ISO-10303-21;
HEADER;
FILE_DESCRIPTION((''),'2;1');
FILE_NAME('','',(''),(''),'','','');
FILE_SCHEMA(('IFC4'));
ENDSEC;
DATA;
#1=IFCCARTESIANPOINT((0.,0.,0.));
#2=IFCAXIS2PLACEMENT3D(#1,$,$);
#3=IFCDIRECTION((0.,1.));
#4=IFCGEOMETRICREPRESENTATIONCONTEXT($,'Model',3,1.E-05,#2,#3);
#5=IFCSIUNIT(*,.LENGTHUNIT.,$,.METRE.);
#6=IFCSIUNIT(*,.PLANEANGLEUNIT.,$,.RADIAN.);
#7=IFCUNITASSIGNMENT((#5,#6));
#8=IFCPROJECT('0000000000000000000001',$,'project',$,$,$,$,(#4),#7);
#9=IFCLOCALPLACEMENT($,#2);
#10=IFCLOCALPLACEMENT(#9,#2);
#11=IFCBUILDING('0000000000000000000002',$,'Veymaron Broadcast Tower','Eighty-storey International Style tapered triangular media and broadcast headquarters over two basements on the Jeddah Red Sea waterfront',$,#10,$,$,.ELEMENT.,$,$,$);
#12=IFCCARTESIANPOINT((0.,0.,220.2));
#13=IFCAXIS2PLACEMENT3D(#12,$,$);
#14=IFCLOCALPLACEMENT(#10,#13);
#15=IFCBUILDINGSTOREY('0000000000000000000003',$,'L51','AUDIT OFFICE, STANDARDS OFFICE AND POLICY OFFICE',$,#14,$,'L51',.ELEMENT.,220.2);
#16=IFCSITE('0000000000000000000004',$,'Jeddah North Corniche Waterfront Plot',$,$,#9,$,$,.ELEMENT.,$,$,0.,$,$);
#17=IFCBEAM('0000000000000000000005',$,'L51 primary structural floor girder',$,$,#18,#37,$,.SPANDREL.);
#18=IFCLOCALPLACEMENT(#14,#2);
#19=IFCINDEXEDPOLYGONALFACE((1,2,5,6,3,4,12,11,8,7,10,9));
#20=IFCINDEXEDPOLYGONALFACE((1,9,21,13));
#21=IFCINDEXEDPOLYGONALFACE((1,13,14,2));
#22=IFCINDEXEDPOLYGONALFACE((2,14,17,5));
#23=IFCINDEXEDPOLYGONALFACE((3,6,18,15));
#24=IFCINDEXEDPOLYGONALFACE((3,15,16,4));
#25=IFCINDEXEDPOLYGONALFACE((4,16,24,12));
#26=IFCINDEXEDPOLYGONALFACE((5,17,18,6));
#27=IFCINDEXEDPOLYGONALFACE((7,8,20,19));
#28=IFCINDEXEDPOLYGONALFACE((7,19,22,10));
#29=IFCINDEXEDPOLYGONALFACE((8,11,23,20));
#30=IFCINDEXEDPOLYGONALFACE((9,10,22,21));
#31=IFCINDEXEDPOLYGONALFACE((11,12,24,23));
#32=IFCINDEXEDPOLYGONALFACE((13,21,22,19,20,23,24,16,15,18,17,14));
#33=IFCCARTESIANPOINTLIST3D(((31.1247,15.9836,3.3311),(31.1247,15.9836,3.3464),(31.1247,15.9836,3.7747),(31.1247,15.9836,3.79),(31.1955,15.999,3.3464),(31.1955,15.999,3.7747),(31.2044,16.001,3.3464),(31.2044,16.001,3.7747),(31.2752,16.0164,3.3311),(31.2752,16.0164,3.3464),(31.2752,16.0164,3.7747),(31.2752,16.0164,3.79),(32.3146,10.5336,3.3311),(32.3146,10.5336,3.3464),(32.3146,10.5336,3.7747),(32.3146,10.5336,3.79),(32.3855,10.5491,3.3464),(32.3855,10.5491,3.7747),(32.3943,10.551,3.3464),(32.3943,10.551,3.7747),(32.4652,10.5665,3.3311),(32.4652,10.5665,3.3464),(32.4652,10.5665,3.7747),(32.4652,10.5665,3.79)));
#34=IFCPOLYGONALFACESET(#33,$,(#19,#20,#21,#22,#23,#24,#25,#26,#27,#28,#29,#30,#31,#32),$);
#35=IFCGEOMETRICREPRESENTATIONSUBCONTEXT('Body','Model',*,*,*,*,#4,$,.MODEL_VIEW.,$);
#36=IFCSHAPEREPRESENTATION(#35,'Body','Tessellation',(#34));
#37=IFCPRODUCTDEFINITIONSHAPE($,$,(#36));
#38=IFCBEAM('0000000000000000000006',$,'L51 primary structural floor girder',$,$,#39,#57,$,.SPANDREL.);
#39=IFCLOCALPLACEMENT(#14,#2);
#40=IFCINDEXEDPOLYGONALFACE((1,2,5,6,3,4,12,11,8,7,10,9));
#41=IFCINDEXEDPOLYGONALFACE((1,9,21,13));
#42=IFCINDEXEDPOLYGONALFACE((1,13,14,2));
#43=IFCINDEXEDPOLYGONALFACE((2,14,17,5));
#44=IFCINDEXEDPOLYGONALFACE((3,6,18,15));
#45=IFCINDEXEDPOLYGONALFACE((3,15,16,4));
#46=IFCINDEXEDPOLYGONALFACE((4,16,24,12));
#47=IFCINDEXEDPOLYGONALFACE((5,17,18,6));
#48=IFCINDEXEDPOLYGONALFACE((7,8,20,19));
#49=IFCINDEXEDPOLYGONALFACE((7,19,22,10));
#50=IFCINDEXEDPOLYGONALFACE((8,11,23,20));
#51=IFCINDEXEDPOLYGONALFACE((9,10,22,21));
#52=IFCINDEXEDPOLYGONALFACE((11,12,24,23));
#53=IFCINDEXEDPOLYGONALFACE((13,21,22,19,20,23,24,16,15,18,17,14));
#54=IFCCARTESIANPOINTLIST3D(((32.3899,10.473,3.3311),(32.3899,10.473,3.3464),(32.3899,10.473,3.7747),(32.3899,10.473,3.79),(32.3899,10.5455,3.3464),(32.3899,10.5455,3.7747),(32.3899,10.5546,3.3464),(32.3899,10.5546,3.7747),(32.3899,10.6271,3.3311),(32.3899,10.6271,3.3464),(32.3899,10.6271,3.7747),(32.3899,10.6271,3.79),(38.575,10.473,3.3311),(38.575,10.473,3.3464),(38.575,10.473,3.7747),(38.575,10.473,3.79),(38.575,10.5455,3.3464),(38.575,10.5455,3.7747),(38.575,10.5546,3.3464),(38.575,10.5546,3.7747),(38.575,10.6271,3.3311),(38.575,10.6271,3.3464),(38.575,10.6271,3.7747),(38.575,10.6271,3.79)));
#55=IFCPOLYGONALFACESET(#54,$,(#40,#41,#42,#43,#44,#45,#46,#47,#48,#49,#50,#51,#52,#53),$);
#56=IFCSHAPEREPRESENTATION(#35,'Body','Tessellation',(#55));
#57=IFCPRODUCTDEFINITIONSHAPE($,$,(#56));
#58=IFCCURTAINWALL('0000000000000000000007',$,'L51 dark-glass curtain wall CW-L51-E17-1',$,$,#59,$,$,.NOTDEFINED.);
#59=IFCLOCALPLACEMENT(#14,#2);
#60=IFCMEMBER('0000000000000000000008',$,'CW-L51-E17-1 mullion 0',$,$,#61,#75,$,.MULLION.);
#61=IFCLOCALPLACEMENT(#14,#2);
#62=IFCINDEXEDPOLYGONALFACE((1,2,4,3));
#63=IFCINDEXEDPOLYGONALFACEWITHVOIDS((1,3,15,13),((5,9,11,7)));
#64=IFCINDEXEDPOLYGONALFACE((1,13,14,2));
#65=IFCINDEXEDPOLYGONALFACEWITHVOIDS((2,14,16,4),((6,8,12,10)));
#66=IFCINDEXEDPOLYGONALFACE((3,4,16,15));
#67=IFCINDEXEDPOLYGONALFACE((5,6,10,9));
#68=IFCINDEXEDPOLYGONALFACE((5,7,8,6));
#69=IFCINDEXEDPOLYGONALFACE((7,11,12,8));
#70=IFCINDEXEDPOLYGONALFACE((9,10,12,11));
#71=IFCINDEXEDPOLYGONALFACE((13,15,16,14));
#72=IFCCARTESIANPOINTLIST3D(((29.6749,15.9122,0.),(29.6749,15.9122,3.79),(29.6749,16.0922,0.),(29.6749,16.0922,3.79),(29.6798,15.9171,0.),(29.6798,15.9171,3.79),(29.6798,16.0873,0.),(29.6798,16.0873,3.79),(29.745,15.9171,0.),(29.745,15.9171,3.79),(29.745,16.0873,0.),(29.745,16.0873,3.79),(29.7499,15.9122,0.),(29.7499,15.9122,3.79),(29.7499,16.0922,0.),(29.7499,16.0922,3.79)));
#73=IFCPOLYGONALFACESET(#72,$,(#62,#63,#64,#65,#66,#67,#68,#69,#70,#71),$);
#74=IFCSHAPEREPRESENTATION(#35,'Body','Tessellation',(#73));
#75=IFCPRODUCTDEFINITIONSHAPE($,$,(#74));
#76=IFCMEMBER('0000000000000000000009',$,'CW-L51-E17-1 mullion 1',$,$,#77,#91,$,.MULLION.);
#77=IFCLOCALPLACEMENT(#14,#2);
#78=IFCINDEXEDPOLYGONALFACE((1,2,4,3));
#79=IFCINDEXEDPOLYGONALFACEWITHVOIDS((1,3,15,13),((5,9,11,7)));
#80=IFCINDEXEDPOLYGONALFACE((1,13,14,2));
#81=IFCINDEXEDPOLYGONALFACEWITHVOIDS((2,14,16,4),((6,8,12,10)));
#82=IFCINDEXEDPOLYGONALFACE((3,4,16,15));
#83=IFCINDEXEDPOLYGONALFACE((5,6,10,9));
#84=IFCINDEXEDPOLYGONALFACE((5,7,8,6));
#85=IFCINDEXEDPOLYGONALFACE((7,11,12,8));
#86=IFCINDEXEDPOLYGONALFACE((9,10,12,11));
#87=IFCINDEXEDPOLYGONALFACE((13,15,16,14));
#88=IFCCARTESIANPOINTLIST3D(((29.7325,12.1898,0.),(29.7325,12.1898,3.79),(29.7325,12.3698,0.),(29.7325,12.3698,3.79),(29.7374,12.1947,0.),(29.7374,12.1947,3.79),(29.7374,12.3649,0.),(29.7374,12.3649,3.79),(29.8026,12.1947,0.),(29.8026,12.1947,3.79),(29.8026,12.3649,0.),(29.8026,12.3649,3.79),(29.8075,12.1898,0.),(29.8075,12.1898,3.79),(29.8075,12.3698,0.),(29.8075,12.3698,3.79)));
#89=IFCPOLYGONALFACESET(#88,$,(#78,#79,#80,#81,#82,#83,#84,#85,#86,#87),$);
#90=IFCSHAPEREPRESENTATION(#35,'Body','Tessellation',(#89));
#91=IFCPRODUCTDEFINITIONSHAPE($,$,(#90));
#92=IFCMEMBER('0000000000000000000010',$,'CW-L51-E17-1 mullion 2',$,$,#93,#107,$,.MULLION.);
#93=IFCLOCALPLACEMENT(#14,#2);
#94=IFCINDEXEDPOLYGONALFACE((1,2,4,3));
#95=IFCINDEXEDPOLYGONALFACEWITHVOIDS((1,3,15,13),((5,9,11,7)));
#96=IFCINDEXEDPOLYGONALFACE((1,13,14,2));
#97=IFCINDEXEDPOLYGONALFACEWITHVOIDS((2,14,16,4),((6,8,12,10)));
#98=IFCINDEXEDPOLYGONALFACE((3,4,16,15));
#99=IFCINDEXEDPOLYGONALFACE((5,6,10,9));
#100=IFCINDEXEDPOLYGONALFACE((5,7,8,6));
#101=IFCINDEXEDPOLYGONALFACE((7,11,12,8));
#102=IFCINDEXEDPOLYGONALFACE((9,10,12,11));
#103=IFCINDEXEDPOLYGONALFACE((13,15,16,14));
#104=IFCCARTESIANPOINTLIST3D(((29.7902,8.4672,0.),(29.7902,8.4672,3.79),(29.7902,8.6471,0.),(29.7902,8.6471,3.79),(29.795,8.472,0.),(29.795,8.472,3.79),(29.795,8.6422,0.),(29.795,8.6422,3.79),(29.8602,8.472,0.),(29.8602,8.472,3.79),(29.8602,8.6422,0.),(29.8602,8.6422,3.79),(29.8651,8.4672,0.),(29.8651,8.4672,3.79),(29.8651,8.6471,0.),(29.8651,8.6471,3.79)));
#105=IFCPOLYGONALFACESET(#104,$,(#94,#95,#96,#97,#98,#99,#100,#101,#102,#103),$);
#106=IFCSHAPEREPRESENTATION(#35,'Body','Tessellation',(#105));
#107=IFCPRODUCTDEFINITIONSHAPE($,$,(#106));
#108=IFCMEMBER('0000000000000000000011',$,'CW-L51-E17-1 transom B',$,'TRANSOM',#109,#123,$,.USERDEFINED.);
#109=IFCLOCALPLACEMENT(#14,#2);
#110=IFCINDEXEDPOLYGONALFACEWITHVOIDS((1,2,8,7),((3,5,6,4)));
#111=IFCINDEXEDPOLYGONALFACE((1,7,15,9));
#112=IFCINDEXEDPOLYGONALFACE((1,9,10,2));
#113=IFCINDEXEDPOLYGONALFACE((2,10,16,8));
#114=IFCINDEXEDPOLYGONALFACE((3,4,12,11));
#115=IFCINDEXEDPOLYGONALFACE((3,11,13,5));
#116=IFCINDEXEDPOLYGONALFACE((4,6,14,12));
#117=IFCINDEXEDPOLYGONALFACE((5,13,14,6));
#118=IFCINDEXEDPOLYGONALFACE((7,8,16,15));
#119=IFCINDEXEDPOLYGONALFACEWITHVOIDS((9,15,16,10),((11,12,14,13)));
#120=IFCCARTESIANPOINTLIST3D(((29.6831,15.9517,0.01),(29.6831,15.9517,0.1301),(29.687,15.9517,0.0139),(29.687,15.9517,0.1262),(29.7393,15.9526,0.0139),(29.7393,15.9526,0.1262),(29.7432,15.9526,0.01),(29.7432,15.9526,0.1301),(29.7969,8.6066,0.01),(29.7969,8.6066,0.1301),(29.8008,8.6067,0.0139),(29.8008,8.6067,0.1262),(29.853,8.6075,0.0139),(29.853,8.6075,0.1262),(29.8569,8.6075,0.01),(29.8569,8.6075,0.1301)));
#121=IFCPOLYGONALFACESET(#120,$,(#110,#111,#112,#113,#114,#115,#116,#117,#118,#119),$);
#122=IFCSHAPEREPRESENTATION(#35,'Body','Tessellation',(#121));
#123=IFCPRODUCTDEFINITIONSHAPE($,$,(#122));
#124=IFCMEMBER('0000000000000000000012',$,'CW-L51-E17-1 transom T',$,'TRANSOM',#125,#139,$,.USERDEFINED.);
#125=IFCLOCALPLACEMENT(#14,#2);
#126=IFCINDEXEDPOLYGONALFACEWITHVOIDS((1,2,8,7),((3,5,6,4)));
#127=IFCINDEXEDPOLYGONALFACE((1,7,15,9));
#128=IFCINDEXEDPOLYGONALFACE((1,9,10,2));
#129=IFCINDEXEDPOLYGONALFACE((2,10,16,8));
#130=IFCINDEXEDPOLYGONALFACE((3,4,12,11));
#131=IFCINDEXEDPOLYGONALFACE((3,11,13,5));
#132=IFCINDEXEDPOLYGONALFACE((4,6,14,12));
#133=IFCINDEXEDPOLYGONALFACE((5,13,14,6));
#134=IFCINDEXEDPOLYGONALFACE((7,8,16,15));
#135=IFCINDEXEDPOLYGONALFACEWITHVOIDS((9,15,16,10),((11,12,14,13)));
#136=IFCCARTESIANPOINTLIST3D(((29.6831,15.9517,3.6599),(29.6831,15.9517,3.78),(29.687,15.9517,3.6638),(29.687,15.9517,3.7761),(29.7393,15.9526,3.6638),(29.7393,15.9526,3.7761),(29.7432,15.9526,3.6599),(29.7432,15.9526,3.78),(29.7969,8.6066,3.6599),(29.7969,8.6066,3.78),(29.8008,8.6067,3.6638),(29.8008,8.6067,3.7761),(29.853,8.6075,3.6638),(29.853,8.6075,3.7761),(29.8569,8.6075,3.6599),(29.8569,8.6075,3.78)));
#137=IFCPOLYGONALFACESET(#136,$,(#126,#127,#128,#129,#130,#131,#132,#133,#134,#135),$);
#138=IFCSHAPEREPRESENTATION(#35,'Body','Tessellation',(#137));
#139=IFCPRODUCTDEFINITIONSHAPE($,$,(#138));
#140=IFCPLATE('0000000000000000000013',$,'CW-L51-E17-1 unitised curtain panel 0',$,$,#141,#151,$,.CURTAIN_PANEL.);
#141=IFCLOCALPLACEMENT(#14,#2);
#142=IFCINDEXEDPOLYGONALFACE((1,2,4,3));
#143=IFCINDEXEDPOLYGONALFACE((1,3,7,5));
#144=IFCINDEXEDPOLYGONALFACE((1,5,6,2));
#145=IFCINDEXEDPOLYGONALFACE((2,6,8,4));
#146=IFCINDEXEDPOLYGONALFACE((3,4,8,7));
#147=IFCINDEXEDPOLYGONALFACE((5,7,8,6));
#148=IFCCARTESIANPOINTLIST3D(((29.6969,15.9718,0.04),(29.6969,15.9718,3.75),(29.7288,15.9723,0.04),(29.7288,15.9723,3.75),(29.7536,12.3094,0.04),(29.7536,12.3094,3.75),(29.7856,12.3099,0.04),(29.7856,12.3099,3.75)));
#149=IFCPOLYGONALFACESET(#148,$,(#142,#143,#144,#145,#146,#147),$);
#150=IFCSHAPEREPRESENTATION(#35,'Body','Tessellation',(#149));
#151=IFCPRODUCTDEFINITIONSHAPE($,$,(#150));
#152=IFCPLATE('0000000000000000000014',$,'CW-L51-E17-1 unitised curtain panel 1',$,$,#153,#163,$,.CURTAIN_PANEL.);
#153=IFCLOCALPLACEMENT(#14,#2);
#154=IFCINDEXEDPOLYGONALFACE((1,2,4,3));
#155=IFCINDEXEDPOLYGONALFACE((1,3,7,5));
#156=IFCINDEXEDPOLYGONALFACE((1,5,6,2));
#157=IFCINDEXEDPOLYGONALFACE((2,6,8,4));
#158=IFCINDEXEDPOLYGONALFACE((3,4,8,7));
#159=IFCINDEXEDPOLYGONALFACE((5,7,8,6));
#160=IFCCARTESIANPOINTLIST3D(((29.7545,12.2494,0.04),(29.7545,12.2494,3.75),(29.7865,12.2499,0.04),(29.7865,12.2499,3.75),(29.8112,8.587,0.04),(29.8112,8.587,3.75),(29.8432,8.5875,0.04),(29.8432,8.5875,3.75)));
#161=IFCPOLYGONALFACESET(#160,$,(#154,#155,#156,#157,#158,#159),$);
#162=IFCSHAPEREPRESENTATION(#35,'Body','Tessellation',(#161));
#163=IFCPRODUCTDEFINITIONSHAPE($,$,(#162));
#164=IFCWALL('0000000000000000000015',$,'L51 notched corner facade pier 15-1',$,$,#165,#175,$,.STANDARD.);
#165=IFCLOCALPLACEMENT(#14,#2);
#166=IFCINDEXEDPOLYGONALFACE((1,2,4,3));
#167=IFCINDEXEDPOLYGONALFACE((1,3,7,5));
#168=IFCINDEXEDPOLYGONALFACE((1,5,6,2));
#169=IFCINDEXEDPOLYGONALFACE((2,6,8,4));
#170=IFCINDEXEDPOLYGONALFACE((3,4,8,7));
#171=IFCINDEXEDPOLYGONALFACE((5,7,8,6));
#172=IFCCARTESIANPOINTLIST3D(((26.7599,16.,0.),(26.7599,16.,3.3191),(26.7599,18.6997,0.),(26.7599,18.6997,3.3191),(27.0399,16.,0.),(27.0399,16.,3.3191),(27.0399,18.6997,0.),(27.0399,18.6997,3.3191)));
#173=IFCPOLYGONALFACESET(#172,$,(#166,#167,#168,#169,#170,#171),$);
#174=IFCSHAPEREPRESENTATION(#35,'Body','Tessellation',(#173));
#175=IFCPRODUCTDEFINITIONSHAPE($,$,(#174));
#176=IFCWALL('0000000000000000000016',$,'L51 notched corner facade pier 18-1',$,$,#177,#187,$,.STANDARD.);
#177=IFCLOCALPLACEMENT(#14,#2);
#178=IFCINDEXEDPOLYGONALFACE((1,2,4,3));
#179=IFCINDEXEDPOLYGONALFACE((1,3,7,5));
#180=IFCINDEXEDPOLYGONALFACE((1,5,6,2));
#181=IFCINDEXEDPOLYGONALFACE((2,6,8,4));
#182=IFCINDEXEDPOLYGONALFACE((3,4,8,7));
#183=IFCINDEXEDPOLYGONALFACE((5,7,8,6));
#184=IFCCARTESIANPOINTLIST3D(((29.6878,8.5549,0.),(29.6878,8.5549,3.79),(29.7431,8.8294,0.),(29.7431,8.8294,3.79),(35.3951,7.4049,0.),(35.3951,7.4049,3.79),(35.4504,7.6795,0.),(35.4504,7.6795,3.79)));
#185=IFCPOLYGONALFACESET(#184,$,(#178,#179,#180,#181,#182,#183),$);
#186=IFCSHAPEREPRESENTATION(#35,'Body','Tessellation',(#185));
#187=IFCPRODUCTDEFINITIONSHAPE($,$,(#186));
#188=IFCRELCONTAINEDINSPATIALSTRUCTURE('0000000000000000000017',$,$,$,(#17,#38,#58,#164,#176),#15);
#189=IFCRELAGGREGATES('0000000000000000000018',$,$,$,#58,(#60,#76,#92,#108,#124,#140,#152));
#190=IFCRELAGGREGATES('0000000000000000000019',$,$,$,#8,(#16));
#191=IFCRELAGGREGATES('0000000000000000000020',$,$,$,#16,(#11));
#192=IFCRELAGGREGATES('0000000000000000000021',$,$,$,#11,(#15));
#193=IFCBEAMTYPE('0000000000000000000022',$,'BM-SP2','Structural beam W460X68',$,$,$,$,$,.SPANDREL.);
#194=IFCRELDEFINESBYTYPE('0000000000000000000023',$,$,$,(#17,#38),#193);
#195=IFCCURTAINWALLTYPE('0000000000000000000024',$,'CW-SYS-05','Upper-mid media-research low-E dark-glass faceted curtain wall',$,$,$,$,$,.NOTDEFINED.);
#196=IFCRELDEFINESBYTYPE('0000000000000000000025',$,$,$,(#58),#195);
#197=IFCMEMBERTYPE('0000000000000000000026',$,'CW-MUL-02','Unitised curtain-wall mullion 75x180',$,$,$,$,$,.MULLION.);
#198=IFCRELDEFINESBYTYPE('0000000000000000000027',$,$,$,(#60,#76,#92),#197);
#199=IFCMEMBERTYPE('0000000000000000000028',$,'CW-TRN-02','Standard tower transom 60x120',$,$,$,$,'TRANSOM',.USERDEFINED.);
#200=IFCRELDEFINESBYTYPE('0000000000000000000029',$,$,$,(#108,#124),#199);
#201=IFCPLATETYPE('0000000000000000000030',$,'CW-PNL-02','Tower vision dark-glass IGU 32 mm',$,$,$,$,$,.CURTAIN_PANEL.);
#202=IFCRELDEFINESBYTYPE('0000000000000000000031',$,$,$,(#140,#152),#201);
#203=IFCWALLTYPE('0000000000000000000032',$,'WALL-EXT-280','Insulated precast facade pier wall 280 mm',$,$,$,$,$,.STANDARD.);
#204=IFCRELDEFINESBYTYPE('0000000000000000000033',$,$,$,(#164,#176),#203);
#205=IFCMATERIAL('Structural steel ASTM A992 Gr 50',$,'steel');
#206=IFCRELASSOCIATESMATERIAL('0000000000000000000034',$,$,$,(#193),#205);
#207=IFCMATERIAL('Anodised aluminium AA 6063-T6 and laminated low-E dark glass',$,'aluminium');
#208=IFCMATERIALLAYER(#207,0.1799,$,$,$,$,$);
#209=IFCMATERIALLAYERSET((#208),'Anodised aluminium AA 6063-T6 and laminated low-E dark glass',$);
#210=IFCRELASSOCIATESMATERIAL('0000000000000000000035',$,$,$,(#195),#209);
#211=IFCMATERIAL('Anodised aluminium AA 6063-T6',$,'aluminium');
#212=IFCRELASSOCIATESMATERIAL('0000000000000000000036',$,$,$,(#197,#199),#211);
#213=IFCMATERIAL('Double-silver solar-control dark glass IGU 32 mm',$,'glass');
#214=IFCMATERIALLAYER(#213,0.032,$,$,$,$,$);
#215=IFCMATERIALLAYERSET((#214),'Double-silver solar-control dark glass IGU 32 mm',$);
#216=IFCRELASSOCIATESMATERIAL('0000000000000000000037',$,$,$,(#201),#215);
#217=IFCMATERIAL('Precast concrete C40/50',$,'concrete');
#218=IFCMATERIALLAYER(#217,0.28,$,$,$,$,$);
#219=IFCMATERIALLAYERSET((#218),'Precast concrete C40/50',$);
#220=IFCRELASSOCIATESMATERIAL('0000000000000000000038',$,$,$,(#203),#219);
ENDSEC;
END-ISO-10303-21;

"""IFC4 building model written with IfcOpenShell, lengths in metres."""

from ifc_helpers import new_model, si_unit, direction, frame, frame_2d, origin, origin_2d, place, context, subcontext, project, spatial, rectangle, hollow_rectangle, i_section, extrude, material, layer, layer_set, material_profile, profile_set, type_object, element, aggregate, save


model = new_model("IFC4")

# Units and contexts
model_context = context("Model", 3, precision=1e-05, world=origin(), true_north=direction((0.0, 1.0)))
body_context = subcontext(model_context, "Body", "Model", "MODEL_VIEW")
ifc_project = project(units=[si_unit("LENGTHUNIT", "METRE"), si_unit("PLANEANGLEUNIT", "RADIAN")], contexts=[model_context])

# Site, building, storey
site_placement = place(None, origin())
site = spatial("IfcSite", under=ifc_project, at=site_placement, Name="Jeddah North Corniche Waterfront Plot", CompositionType="ELEMENT", RefElevation=0.0)
building_placement = place(site_placement, origin())
building = spatial("IfcBuilding", under=site, at=building_placement, Name="Veymaron Broadcast Tower", Description="Eighty-storey International Style tapered triangular media and broadcast headquarters over two basements on the Jeddah Red Sea waterfront", CompositionType="ELEMENT")
storey_placement = place(building_placement, frame((0.0, 0.0, 220.2)))
storey = spatial("IfcBuildingStorey", under=building, at=storey_placement, Name="L51", Description="AUDIT OFFICE, STANDARDS OFFICE AND POLICY OFFICE", LongName="L51", CompositionType="ELEMENT", Elevation=220.2)

# Shared definitions
ifc_material_1 = material(Name="Structural steel ASTM A992 Gr 50", Category="steel")

# Beams
ifc_material_profile_1 = material_profile(ifc_material_1, i_section(OverallWidth=0.1541, OverallDepth=0.459, WebThickness=0.009, FlangeThickness=0.0154, at=origin_2d()), Name="W460X68")
ifc_profile_set_1 = profile_set([ifc_material_profile_1], Name="Structural steel ASTM A992 Gr 50")
beam_type_1 = type_object("IfcBeamType", Name="BM-SP2", Description="Structural beam W460X68", PredefinedType="SPANDREL", material=ifc_profile_set_1)
beam_1_placement = place(storey_placement, frame((31.2, 16.0, 3.5605), z_axis=(0.213314, -0.976984, 0.0), x_axis=(0.976984, 0.213314, 0.0)))
element("IfcBeam", 1, at=beam_1_placement, inside=storey, type_object=beam_type_1, Name="L51 primary structural floor girder", PredefinedType="SPANDREL", context=body_context, shape_type="SweptSolid", body=[
    extrude(i_section(OverallWidth=0.1541, OverallDepth=0.459, WebThickness=0.009, FlangeThickness=0.0154, at=origin_2d()), origin(), (0.0, 0.0, 1.0), 5.5784),
])
beam_2_placement = place(storey_placement, frame((32.3899, 10.55, 3.5605), z_axis=(1.0, 0.0, 0.0), x_axis=(0.0, 1.0, 0.0)))
element("IfcBeam", 2, at=beam_2_placement, inside=storey, type_object=beam_type_1, Name="L51 primary structural floor girder", PredefinedType="SPANDREL", context=body_context, shape_type="SweptSolid", body=[
    extrude(i_section(OverallWidth=0.1541, OverallDepth=0.459, WebThickness=0.009, FlangeThickness=0.0154, at=origin_2d()), origin(), (0.0, 0.0, 1.0), 6.1851),
])

# Curtain wall, members, plates
ifc_material_2 = material(Name="Anodised aluminium AA 6063-T6 and laminated low-E dark glass", Category="aluminium")
ifc_layer_1 = layer(ifc_material_2, 0.1799)
ifc_layer_set_1 = layer_set([ifc_layer_1], Name="Anodised aluminium AA 6063-T6 and laminated low-E dark glass")
curtain_wall_type = type_object("IfcCurtainWallType", Name="CW-SYS-05", Description="Upper-mid media-research low-E dark-glass faceted curtain wall", PredefinedType="NOTDEFINED", material=ifc_layer_set_1)
curtain_wall_placement = place(storey_placement, origin())
curtain_wall = element("IfcCurtainWall", 3, at=curtain_wall_placement, inside=storey, type_object=curtain_wall_type, Name="L51 dark-glass curtain wall CW-L51-E17-1", PredefinedType="NOTDEFINED")
ifc_material_3 = material(Name="Anodised aluminium AA 6063-T6", Category="aluminium")
ifc_material_profile_2 = material_profile(ifc_material_3, hollow_rectangle(XDim=0.075, YDim=0.1799, WallThickness=0.0049, at=origin_2d()), Name="AL180X75X5")
ifc_profile_set_2 = profile_set([ifc_material_profile_2], Name="Anodised aluminium AA 6063-T6")
member_type_1 = type_object("IfcMemberType", Name="CW-MUL-02", Description="Unitised curtain-wall mullion 75x180", PredefinedType="MULLION", material=ifc_profile_set_2)
member_1_placement = place(storey_placement, frame((29.7124, 16.0022, 0.0), z_axis=(0.0, 0.0, 1.0), x_axis=(1.0, 0.0, 0.0)))
member_1 = element("IfcMember", 4, at=member_1_placement, type_object=member_type_1, Name="CW-L51-E17-1 mullion 0", PredefinedType="MULLION", context=body_context, shape_type="SweptSolid", body=[
    extrude(hollow_rectangle(XDim=0.075, YDim=0.1799, WallThickness=0.0049, at=origin_2d()), origin(), (0.0, 0.0, 1.0), 3.79),
])
member_2_placement = place(storey_placement, frame((29.77, 12.2798, 0.0), z_axis=(0.0, 0.0, 1.0), x_axis=(1.0, 0.0, 0.0)))
member_2 = element("IfcMember", 5, at=member_2_placement, type_object=member_type_1, Name="CW-L51-E17-1 mullion 1", PredefinedType="MULLION", context=body_context, shape_type="SweptSolid", body=[
    extrude(hollow_rectangle(XDim=0.075, YDim=0.1799, WallThickness=0.0049, at=origin_2d()), origin(), (0.0, 0.0, 1.0), 3.79),
])
member_3_placement = place(storey_placement, frame((29.8276, 8.5571, 0.0), z_axis=(0.0, 0.0, 1.0), x_axis=(1.0, 0.0, 0.0)))
member_3 = element("IfcMember", 6, at=member_3_placement, type_object=member_type_1, Name="CW-L51-E17-1 mullion 2", PredefinedType="MULLION", context=body_context, shape_type="SweptSolid", body=[
    extrude(hollow_rectangle(XDim=0.075, YDim=0.1799, WallThickness=0.0049, at=origin_2d()), origin(), (0.0, 0.0, 1.0), 3.79),
])
ifc_material_profile_3 = material_profile(ifc_material_3, hollow_rectangle(XDim=0.0601, YDim=0.1201, WallThickness=0.0039, at=origin_2d()), Name="AL120X60X4")
ifc_profile_set_3 = profile_set([ifc_material_profile_3], Name="Anodised aluminium AA 6063-T6")
member_type_2 = type_object("IfcMemberType", Name="CW-TRN-02", Description="Standard tower transom 60x120", ElementType="TRANSOM", PredefinedType="USERDEFINED", material=ifc_profile_set_3)
member_4_placement = place(storey_placement, frame((29.7131, 15.9521, 0.0701), z_axis=(0.015488, -0.99988, 0.0), x_axis=(0.99988, 0.015488, 0.0)))
member_4 = element("IfcMember", 7, at=member_4_placement, type_object=member_type_2, Name="CW-L51-E17-1 transom B", ObjectType="TRANSOM", PredefinedType="USERDEFINED", context=body_context, shape_type="SweptSolid", body=[
    extrude(hollow_rectangle(XDim=0.0601, YDim=0.1201, WallThickness=0.0039, at=origin_2d()), origin(), (0.0, 0.0, 1.0), 7.3459),
])
member_5_placement = place(storey_placement, frame((29.7131, 15.9521, 3.72), z_axis=(0.015488, -0.99988, 0.0), x_axis=(0.99988, 0.015488, 0.0)))
member_5 = element("IfcMember", 8, at=member_5_placement, type_object=member_type_2, Name="CW-L51-E17-1 transom T", ObjectType="TRANSOM", PredefinedType="USERDEFINED", context=body_context, shape_type="SweptSolid", body=[
    extrude(hollow_rectangle(XDim=0.0601, YDim=0.1201, WallThickness=0.0039, at=origin_2d()), origin(), (0.0, 0.0, 1.0), 7.3459),
])
ifc_material_4 = material(Name="Double-silver solar-control dark glass IGU 32 mm", Category="glass")
ifc_layer_2 = layer(ifc_material_4, 0.032)
ifc_layer_set_2 = layer_set([ifc_layer_2], Name="Double-silver solar-control dark glass IGU 32 mm")
plate_type = type_object("IfcPlateType", Name="CW-PNL-02", Description="Tower vision dark-glass IGU 32 mm", PredefinedType="CURTAIN_PANEL", material=ifc_layer_set_2)
plate_1_placement = place(storey_placement, frame((29.7412, 14.1409, 0.04), z_axis=(0.0, 0.0, 1.0), x_axis=(0.01548, -0.99988, 0.0)))
plate_1 = element("IfcPlate", 9, at=plate_1_placement, type_object=plate_type, Name="CW-L51-E17-1 unitised curtain panel 0", PredefinedType="CURTAIN_PANEL", context=body_context, shape_type="SweptSolid", body=[
    extrude(rectangle(XDim=3.6628, YDim=0.032, at=origin_2d()), origin(), (0.0, 0.0, 1.0), 3.71),
])
plate_2_placement = place(storey_placement, frame((29.7988, 10.4185, 0.04), z_axis=(0.0, 0.0, 1.0), x_axis=(0.01548, -0.99988, 0.0)))
plate_2 = element("IfcPlate", 10, at=plate_2_placement, type_object=plate_type, Name="CW-L51-E17-1 unitised curtain panel 1", PredefinedType="CURTAIN_PANEL", context=body_context, shape_type="SweptSolid", body=[
    extrude(rectangle(XDim=3.6628, YDim=0.032, at=origin_2d()), origin(), (0.0, 0.0, 1.0), 3.71),
])
aggregate(curtain_wall, [member_1, member_2, member_3, member_4, member_5, plate_1, plate_2])

# Walls
ifc_material_5 = material(Name="Precast concrete C40/50", Category="concrete")
ifc_layer_3 = layer(ifc_material_5, 0.28)
ifc_layer_set_3 = layer_set([ifc_layer_3], Name="Precast concrete C40/50")
wall_type_1 = type_object("IfcWallType", Name="WALL-EXT-280", Description="Insulated precast facade pier wall 280 mm", PredefinedType="STANDARD", material=ifc_layer_set_3)
wall_1_placement = place(storey_placement, frame((26.8999, 18.6997, 0.0), z_axis=(0.0, 0.0, 1.0), x_axis=(0.0, -1.0, 0.0)))
element("IfcWall", 11, at=wall_1_placement, inside=storey, type_object=wall_type_1, Name="L51 notched corner facade pier 15-1", PredefinedType="STANDARD", context=body_context, shape_type="SweptSolid", body=[
    extrude(rectangle(XDim=2.6997, YDim=0.28, at=frame_2d((1.3499, 0.0))), origin(), (0.0, 0.0, 1.0), 3.3191),
])
wall_2_placement = place(storey_placement, frame((29.7153, 8.6921, 0.0), z_axis=(0.0, 0.0, 1.0), x_axis=(0.980301, -0.197511, 0.0)))
element("IfcWall", 12, at=wall_2_placement, inside=storey, type_object=wall_type_1, Name="L51 notched corner facade pier 18-1", PredefinedType="STANDARD", context=body_context, shape_type="SweptSolid", body=[
    extrude(rectangle(XDim=5.822, YDim=0.28, at=frame_2d((2.9111, 0.0))), origin(), (0.0, 0.0, 1.0), 3.79),
])

save(model, "model.ifc")
